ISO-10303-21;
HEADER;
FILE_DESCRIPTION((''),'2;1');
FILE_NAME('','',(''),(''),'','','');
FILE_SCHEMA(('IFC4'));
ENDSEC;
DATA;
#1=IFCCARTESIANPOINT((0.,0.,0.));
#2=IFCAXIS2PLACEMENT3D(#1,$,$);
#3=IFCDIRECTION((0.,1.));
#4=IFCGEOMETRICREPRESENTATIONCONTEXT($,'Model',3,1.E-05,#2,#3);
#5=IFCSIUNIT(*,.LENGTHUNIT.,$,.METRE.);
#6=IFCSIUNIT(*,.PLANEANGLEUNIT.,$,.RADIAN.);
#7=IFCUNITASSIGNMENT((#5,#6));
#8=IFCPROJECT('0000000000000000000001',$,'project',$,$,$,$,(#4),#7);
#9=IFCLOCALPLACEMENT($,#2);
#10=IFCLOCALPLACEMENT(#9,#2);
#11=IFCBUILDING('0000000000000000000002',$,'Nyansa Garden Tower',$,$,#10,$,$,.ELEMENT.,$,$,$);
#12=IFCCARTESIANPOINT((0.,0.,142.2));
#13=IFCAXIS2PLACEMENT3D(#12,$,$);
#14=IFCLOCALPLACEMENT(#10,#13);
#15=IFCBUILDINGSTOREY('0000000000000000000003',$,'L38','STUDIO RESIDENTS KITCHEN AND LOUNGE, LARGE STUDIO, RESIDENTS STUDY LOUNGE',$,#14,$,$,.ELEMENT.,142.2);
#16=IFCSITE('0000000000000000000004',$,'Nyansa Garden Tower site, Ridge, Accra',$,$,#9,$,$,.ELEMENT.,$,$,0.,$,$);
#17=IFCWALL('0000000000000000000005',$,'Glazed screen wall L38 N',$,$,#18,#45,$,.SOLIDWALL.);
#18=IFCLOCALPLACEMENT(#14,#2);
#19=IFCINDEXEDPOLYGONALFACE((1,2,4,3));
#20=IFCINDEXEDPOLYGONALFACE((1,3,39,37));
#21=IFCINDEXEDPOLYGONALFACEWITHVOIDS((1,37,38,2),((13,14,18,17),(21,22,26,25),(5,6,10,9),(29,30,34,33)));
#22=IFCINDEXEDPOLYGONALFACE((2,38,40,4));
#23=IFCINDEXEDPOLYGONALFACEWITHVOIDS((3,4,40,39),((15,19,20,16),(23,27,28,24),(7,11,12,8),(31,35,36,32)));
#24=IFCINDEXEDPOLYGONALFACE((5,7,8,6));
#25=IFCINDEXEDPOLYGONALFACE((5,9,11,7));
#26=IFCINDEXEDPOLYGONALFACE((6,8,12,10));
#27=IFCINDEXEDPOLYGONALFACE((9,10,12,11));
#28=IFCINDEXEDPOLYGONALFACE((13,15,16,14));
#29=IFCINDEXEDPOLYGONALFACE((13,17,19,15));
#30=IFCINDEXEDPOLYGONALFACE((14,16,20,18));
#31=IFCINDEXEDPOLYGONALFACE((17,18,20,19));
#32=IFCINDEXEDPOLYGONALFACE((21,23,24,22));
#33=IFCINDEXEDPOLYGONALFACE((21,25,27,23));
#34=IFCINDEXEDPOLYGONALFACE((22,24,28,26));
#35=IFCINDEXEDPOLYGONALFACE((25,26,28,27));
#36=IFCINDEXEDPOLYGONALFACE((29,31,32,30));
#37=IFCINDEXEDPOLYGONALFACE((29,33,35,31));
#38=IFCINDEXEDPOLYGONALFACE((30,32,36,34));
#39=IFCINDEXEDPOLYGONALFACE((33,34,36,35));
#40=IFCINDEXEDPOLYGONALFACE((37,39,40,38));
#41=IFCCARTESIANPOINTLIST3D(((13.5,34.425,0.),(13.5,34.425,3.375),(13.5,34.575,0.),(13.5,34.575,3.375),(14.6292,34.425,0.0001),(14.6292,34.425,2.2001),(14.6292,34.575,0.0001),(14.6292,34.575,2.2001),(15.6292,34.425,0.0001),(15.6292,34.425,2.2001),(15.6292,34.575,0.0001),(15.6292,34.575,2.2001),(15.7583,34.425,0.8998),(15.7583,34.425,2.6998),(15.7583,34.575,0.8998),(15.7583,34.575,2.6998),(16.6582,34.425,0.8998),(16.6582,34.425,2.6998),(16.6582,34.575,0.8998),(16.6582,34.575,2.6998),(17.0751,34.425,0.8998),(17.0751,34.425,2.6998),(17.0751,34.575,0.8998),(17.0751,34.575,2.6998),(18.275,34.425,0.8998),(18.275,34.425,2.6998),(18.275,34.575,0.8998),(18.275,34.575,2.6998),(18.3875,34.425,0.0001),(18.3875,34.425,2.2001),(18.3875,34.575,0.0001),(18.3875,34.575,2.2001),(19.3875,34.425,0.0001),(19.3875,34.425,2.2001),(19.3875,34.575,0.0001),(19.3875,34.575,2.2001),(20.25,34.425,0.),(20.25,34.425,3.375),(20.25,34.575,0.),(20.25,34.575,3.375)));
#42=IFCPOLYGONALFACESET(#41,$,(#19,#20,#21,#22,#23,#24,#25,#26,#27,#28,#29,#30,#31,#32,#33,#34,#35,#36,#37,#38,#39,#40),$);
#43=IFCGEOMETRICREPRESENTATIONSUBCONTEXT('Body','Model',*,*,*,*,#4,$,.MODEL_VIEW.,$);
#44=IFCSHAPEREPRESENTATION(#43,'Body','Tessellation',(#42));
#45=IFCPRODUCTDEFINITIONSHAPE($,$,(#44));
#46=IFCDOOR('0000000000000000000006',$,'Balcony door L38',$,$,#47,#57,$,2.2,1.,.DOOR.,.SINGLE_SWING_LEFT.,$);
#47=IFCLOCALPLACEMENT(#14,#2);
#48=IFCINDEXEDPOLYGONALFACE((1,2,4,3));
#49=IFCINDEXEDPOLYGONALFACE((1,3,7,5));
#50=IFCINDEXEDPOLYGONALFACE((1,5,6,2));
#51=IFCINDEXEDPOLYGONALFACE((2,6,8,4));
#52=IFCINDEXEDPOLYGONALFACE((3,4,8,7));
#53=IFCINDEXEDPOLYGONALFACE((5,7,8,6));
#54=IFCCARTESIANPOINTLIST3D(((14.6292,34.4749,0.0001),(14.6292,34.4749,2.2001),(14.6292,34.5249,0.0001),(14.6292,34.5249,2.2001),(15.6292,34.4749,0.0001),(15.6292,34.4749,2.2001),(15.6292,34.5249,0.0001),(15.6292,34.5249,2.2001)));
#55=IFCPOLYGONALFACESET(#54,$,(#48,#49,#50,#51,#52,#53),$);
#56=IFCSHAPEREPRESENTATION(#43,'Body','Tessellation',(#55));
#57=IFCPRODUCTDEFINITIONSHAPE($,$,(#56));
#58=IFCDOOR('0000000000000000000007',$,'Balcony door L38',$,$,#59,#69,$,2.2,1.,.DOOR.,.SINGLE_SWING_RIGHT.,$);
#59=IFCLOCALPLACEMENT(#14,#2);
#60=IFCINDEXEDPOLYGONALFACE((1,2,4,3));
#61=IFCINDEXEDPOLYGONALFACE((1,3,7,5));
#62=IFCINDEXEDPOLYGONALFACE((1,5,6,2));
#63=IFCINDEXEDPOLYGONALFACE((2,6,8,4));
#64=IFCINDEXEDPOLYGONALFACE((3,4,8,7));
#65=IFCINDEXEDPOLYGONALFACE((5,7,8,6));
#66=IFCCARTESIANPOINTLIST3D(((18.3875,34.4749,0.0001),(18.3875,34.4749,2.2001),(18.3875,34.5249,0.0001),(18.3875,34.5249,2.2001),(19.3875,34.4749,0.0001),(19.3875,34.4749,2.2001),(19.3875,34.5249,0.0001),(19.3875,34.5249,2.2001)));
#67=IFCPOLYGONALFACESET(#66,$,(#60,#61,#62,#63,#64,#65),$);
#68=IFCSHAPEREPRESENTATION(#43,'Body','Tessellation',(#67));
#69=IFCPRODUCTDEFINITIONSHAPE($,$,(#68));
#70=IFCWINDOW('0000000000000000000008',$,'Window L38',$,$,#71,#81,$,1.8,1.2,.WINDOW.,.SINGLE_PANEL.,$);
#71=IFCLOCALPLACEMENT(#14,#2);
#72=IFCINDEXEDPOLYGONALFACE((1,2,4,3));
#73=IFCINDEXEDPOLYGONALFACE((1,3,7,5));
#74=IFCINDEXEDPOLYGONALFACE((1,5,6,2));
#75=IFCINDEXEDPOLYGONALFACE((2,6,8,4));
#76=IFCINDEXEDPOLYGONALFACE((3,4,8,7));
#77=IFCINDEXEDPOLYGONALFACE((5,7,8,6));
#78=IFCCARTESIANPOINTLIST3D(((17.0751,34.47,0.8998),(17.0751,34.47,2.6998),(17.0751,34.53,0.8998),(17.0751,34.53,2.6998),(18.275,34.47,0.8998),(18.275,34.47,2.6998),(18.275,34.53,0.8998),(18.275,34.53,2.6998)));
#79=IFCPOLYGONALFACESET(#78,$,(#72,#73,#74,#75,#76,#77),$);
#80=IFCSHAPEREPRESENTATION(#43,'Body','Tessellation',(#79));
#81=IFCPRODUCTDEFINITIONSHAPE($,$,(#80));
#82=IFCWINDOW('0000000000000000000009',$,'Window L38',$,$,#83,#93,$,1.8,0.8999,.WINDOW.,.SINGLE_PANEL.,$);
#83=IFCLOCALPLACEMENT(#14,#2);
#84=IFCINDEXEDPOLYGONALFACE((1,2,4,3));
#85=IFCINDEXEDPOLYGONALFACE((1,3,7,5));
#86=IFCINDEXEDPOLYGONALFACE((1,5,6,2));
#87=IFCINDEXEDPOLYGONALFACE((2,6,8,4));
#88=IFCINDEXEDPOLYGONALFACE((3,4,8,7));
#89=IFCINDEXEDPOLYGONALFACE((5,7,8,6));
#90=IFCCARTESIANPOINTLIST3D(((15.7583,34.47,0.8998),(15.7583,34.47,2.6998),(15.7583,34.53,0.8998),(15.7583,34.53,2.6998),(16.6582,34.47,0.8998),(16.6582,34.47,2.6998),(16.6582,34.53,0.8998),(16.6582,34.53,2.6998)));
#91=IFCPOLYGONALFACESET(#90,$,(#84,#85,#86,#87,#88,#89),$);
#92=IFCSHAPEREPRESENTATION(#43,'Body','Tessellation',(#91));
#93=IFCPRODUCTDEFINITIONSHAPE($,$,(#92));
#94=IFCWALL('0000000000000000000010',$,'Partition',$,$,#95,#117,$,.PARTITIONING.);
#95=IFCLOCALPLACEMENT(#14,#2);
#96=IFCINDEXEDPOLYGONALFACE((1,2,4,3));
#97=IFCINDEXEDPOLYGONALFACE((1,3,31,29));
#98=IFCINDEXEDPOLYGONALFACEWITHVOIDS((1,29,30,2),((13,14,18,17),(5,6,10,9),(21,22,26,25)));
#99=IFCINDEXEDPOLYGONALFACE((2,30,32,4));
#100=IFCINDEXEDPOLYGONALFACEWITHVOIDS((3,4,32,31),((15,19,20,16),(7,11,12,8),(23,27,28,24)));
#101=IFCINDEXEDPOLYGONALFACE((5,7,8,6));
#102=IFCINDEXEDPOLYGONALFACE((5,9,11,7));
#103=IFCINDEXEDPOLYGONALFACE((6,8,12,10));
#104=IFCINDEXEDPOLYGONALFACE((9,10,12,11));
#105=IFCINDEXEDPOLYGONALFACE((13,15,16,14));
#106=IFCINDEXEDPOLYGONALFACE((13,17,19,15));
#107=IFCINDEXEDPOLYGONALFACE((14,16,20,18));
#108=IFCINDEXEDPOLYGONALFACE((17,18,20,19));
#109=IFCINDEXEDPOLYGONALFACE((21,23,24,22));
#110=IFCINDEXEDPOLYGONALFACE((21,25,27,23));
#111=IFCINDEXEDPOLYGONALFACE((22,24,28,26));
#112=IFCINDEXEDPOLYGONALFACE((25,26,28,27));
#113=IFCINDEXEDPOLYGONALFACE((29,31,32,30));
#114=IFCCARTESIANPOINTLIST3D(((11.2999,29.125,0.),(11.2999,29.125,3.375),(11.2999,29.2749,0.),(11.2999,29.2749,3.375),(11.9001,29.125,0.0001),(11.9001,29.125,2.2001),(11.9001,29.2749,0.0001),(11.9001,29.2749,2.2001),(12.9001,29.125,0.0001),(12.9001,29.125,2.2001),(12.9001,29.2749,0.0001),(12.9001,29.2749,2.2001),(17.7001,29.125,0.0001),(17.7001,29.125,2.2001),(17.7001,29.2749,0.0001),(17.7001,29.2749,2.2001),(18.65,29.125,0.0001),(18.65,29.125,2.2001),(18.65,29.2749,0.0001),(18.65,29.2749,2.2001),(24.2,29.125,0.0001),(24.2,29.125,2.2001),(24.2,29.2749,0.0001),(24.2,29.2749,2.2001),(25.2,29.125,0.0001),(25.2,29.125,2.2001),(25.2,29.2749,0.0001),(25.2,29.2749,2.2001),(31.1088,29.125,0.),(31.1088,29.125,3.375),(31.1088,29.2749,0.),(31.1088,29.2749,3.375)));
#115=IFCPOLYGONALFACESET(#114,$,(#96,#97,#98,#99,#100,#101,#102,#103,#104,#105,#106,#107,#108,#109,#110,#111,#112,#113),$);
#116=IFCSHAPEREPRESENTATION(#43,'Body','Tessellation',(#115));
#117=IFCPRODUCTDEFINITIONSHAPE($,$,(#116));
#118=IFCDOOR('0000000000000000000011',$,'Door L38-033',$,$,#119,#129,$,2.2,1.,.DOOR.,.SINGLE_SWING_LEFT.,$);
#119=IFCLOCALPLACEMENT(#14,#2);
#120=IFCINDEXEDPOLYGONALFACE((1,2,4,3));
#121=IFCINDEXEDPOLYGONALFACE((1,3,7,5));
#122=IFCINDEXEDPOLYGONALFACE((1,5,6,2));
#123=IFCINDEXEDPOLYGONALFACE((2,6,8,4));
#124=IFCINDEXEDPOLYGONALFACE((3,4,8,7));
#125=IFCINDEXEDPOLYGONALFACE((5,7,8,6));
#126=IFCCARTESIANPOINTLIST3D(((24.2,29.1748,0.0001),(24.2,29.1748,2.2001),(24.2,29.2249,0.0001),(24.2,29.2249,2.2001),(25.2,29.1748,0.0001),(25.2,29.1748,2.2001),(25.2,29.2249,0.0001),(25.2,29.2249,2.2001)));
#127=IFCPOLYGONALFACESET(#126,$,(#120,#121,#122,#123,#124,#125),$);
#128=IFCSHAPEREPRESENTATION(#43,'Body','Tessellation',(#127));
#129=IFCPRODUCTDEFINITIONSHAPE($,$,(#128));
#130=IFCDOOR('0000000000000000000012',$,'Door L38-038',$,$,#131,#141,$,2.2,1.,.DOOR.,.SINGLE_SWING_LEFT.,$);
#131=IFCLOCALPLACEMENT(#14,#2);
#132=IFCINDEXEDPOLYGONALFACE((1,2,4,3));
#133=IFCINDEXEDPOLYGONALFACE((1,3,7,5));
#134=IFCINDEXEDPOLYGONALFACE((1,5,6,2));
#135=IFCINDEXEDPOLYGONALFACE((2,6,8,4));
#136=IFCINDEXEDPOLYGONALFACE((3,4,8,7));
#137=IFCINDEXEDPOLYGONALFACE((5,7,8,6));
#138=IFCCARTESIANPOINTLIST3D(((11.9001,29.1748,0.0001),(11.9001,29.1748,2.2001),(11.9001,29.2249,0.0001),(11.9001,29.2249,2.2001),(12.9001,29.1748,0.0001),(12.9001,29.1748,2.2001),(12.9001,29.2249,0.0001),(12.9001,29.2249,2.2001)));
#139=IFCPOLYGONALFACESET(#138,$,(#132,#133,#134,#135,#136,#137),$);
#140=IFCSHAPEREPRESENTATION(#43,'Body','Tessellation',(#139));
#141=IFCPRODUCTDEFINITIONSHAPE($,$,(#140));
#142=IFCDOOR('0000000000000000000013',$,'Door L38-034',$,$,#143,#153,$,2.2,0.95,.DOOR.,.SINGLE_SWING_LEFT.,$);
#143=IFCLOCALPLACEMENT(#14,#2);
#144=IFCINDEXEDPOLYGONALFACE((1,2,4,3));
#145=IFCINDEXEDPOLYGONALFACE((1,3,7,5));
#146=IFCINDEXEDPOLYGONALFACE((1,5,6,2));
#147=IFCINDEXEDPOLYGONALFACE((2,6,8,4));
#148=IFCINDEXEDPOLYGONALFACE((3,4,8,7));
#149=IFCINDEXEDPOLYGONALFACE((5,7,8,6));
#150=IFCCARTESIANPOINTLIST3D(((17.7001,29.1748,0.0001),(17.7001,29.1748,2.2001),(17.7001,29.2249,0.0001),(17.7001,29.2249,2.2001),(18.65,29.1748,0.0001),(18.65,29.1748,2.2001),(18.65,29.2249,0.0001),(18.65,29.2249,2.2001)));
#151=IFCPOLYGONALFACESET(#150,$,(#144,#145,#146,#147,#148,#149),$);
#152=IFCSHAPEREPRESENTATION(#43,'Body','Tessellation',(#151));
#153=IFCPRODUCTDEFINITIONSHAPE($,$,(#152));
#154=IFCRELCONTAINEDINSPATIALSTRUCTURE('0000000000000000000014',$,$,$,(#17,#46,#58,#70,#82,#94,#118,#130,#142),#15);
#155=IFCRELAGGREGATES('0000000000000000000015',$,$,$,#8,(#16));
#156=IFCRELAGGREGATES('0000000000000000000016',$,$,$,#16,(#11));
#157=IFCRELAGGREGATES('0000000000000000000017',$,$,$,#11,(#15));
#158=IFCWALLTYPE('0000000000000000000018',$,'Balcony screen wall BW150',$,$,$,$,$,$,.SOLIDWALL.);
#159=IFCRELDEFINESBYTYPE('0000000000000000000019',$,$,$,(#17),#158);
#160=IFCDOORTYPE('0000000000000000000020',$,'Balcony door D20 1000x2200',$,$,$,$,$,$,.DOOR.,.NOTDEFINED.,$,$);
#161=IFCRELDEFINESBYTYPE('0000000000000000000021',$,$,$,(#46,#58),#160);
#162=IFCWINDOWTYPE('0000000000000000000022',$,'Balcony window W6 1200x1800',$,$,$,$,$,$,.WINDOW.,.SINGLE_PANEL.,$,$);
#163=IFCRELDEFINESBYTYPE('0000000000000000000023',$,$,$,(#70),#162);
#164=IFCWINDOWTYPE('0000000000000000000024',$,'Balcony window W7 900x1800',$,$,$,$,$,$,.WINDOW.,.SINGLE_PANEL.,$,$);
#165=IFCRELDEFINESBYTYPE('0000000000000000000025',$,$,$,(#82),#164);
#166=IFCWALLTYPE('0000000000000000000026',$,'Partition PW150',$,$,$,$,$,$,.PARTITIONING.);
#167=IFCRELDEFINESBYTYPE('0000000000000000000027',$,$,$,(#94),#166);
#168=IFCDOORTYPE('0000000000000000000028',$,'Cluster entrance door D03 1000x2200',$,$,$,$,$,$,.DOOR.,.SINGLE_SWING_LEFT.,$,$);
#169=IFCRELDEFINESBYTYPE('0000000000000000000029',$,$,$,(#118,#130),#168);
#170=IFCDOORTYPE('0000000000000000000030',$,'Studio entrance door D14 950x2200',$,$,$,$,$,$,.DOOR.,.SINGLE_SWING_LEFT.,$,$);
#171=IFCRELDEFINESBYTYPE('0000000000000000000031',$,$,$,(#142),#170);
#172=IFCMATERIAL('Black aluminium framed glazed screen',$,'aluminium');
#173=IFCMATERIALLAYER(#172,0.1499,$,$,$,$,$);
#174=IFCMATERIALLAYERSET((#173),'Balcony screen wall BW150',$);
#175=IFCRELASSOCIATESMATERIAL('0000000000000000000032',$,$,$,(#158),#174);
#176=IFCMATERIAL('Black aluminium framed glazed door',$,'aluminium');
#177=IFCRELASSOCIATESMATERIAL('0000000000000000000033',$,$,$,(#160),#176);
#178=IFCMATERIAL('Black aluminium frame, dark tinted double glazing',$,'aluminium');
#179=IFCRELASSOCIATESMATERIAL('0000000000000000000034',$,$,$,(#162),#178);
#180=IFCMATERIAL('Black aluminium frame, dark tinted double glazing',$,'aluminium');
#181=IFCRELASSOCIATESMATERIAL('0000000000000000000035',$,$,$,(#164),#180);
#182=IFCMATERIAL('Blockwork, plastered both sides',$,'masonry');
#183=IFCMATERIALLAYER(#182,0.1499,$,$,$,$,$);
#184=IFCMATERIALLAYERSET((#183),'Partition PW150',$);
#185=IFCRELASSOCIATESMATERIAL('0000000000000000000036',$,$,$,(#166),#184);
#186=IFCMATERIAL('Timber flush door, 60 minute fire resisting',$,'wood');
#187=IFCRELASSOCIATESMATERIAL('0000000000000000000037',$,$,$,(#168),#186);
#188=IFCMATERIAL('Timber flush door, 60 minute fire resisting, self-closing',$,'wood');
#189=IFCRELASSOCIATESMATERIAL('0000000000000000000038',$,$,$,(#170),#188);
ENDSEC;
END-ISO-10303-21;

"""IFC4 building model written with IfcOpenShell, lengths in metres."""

from ifc_helpers import new_model, si_unit, direction, frame, frame_2d, origin, place, context, subcontext, project, spatial, rectangle, extrude, material, layer, layer_set, type_object, element, fill, save


model = new_model("IFC4")

# Units and contexts
model_context = context("Model", 3, precision=1e-05, world=origin(), true_north=direction((0.0, 1.0)))
body_context = subcontext(model_context, "Body", "Model", "MODEL_VIEW")
ifc_project = project(units=[si_unit("LENGTHUNIT", "METRE"), si_unit("PLANEANGLEUNIT", "RADIAN")], contexts=[model_context])

# Site, building, storey
site_placement = place(None, origin())
site = spatial("IfcSite", under=ifc_project, at=site_placement, Name="Nyansa Garden Tower site, Ridge, Accra", CompositionType="ELEMENT", RefElevation=0.0)
building_placement = place(site_placement, origin())
building = spatial("IfcBuilding", under=site, at=building_placement, Name="Nyansa Garden Tower", CompositionType="ELEMENT")
storey_placement = place(building_placement, frame((0.0, 0.0, 142.2)))
storey = spatial("IfcBuildingStorey", under=building, at=storey_placement, Name="L38", Description="STUDIO RESIDENTS KITCHEN AND LOUNGE, LARGE STUDIO, RESIDENTS STUDY LOUNGE", CompositionType="ELEMENT", Elevation=142.2)

# Wall, openings, doors, windows
ifc_material_1 = material(Name="Black aluminium framed glazed screen", Category="aluminium")
ifc_layer_1 = layer(ifc_material_1, 0.1499)
ifc_layer_set_1 = layer_set([ifc_layer_1], Name="Balcony screen wall BW150")
wall_type_1 = type_object("IfcWallType", Name="Balcony screen wall BW150", PredefinedType="SOLIDWALL", material=ifc_layer_set_1)
wall_1_placement = place(storey_placement, frame((13.5, 34.5, 0.0), z_axis=(0.0, 0.0, 1.0), x_axis=(1.0, 0.0, 0.0)))
wall_1 = element("IfcWall", 1, at=wall_1_placement, inside=storey, type_object=wall_type_1, Name="Glazed screen wall L38 N", PredefinedType="SOLIDWALL", context=body_context, shape_type="SweptSolid", body=[
    extrude(rectangle(XDim=6.75, YDim=0.1499, at=frame_2d((3.375, 0.0))), origin(), (0.0, 0.0, 1.0), 3.375),
])
opening_1_placement = place(wall_1_placement, frame((1.1292, 0.0, 0.0)))
opening_1 = element("IfcOpeningElement", 2, at=opening_1_placement, cuts=wall_1, PredefinedType="OPENING", context=body_context, shape_type="SweptSolid", body=[
    extrude(rectangle(XDim=1.0, YDim=2.2, at=frame_2d((0.5, 1.1001))), frame((0.0, 0.085, 0.0), z_axis=(0.0, -1.0, 0.0), x_axis=(1.0, 0.0, 0.0)), (0.0, 0.0, 1.0), 0.1699),
])
opening_2_placement = place(wall_1_placement, frame((2.2583, 0.0, 0.8999)))
opening_2 = element("IfcOpeningElement", 3, at=opening_2_placement, cuts=wall_1, PredefinedType="OPENING", context=body_context, shape_type="SweptSolid", body=[
    extrude(rectangle(XDim=0.8999, YDim=1.8, at=frame_2d((0.45, 0.8999))), frame((0.0, 0.085, 0.0), z_axis=(0.0, -1.0, 0.0), x_axis=(1.0, 0.0, 0.0)), (0.0, 0.0, 1.0), 0.1699),
])
opening_3_placement = place(wall_1_placement, frame((4.8875, 0.0, 0.0)))
opening_3 = element("IfcOpeningElement", 4, at=opening_3_placement, cuts=wall_1, PredefinedType="OPENING", context=body_context, shape_type="SweptSolid", body=[
    extrude(rectangle(XDim=1.0, YDim=2.2, at=frame_2d((0.5, 1.1001))), frame((0.0, 0.085, 0.0), z_axis=(0.0, -1.0, 0.0), x_axis=(1.0, 0.0, 0.0)), (0.0, 0.0, 1.0), 0.1699),
])
opening_4_placement = place(wall_1_placement, frame((3.575, 0.0, 0.8999)))
opening_4 = element("IfcOpeningElement", 5, at=opening_4_placement, cuts=wall_1, PredefinedType="OPENING", context=body_context, shape_type="SweptSolid", body=[
    extrude(rectangle(XDim=1.2, YDim=1.8, at=frame_2d((0.6001, 0.8999))), frame((0.0, 0.085, 0.0), z_axis=(0.0, -1.0, 0.0), x_axis=(1.0, 0.0, 0.0)), (0.0, 0.0, 1.0), 0.1699),
])
ifc_material_2 = material(Name="Black aluminium framed glazed door", Category="aluminium")
door_type_1 = type_object("IfcDoorType", Name="Balcony door D20 1000x2200", OperationType="NOTDEFINED", PredefinedType="DOOR", material=ifc_material_2)
door_1_placement = place(opening_1_placement, origin())
door_1 = element("IfcDoor", 6, at=door_1_placement, inside=storey, type_object=door_type_1, Name="Balcony door L38", OperationType="SINGLE_SWING_LEFT", OverallHeight=2.2, OverallWidth=1.0, PredefinedType="DOOR", context=body_context, shape_type="SweptSolid", body=[
    extrude(rectangle(XDim=1.0, YDim=2.2, at=frame_2d((0.5, 1.1001))), frame((0.0, 0.0249, 0.0), z_axis=(0.0, -1.0, 0.0), x_axis=(1.0, 0.0, 0.0)), (0.0, 0.0, 1.0), 0.05),
])
fill(opening_1, door_1)
door_2_placement = place(opening_3_placement, origin())
door_2 = element("IfcDoor", 7, at=door_2_placement, inside=storey, type_object=door_type_1, Name="Balcony door L38", OperationType="SINGLE_SWING_RIGHT", OverallHeight=2.2, OverallWidth=1.0, PredefinedType="DOOR", context=body_context, shape_type="SweptSolid", body=[
    extrude(rectangle(XDim=1.0, YDim=2.2, at=frame_2d((0.5, 1.1001))), frame((0.0, 0.0249, 0.0), z_axis=(0.0, -1.0, 0.0), x_axis=(1.0, 0.0, 0.0)), (0.0, 0.0, 1.0), 0.05),
])
fill(opening_3, door_2)
ifc_material_3 = material(Name="Black aluminium frame, dark tinted double glazing", Category="aluminium")
window_type_1 = type_object("IfcWindowType", Name="Balcony window W6 1200x1800", PartitioningType="SINGLE_PANEL", PredefinedType="WINDOW", material=ifc_material_3)
window_1_placement = place(opening_4_placement, origin())
window_1 = element("IfcWindow", 8, at=window_1_placement, inside=storey, type_object=window_type_1, Name="Window L38", OverallHeight=1.8, OverallWidth=1.2, PartitioningType="SINGLE_PANEL", PredefinedType="WINDOW", context=body_context, shape_type="SweptSolid", body=[
    extrude(rectangle(XDim=1.2, YDim=1.8, at=frame_2d((0.6001, 0.8999))), frame((0.0, 0.03, 0.0), z_axis=(0.0, -1.0, 0.0), x_axis=(1.0, 0.0, 0.0)), (0.0, 0.0, 1.0), 0.0601),
])
fill(opening_4, window_1)
ifc_material_4 = material(Name="Black aluminium frame, dark tinted double glazing", Category="aluminium")
window_type_2 = type_object("IfcWindowType", Name="Balcony window W7 900x1800", PartitioningType="SINGLE_PANEL", PredefinedType="WINDOW", material=ifc_material_4)
window_2_placement = place(opening_2_placement, origin())
window_2 = element("IfcWindow", 9, at=window_2_placement, inside=storey, type_object=window_type_2, Name="Window L38", OverallHeight=1.8, OverallWidth=0.8999, PartitioningType="SINGLE_PANEL", PredefinedType="WINDOW", context=body_context, shape_type="SweptSolid", body=[
    extrude(rectangle(XDim=0.8999, YDim=1.8, at=frame_2d((0.45, 0.8999))), frame((0.0, 0.03, 0.0), z_axis=(0.0, -1.0, 0.0), x_axis=(1.0, 0.0, 0.0)), (0.0, 0.0, 1.0), 0.0601),
])
fill(opening_2, window_2)

# Wall, openings, doors
ifc_material_5 = material(Name="Blockwork, plastered both sides", Category="masonry")
ifc_layer_2 = layer(ifc_material_5, 0.1499)
ifc_layer_set_2 = layer_set([ifc_layer_2], Name="Partition PW150")
wall_type_2 = type_object("IfcWallType", Name="Partition PW150", PredefinedType="PARTITIONING", material=ifc_layer_set_2)
wall_2_placement = place(storey_placement, frame((11.3, 29.2, 0.0), z_axis=(0.0, 0.0, 1.0), x_axis=(1.0, 0.0, 0.0)))
wall_2 = element("IfcWall", 10, at=wall_2_placement, inside=storey, type_object=wall_type_2, Name="Partition", PredefinedType="PARTITIONING", context=body_context, shape_type="SweptSolid", body=[
    extrude(rectangle(XDim=19.8088, YDim=0.1499, at=frame_2d((9.9043, 0.0))), origin(), (0.0, 0.0, 1.0), 3.375),
])
opening_5_placement = place(wall_2_placement, frame((12.8999, 0.0, 0.0)))
opening_5 = element("IfcOpeningElement", 11, at=opening_5_placement, cuts=wall_2, PredefinedType="OPENING", context=body_context, shape_type="SweptSolid", body=[
    extrude(rectangle(XDim=1.0, YDim=2.2, at=frame_2d((0.5, 1.1001))), frame((0.0, 0.085, 0.0), z_axis=(0.0, -1.0, 0.0), x_axis=(1.0, 0.0, 0.0)), (0.0, 0.0, 1.0), 0.1699),
])
opening_6_placement = place(wall_2_placement, frame((6.3999, 0.0, 0.0)))
opening_6 = element("IfcOpeningElement", 12, at=opening_6_placement, cuts=wall_2, PredefinedType="OPENING", context=body_context, shape_type="SweptSolid", body=[
    extrude(rectangle(XDim=0.95, YDim=2.2, at=frame_2d((0.4751, 1.1001))), frame((0.0, 0.085, 0.0), z_axis=(0.0, -1.0, 0.0), x_axis=(1.0, 0.0, 0.0)), (0.0, 0.0, 1.0), 0.1699),
])
opening_7_placement = place(wall_2_placement, frame((0.6001, 0.0, 0.0)))
opening_7 = element("IfcOpeningElement", 13, at=opening_7_placement, cuts=wall_2, PredefinedType="OPENING", context=body_context, shape_type="SweptSolid", body=[
    extrude(rectangle(XDim=1.0, YDim=2.2, at=frame_2d((0.5, 1.1001))), frame((0.0, 0.085, 0.0), z_axis=(0.0, -1.0, 0.0), x_axis=(1.0, 0.0, 0.0)), (0.0, 0.0, 1.0), 0.1699),
])
ifc_material_6 = material(Name="Timber flush door, 60 minute fire resisting", Category="wood")
door_type_2 = type_object("IfcDoorType", Name="Cluster entrance door D03 1000x2200", OperationType="SINGLE_SWING_LEFT", PredefinedType="DOOR", material=ifc_material_6)
door_3_placement = place(opening_5_placement, origin())
door_3 = element("IfcDoor", 14, at=door_3_placement, inside=storey, type_object=door_type_2, Name="Door L38-033", OperationType="SINGLE_SWING_LEFT", OverallHeight=2.2, OverallWidth=1.0, PredefinedType="DOOR", context=body_context, shape_type="SweptSolid", body=[
    extrude(rectangle(XDim=1.0, YDim=2.2, at=frame_2d((0.5, 1.1001))), frame((0.0, 0.0249, 0.0), z_axis=(0.0, -1.0, 0.0), x_axis=(1.0, 0.0, 0.0)), (0.0, 0.0, 1.0), 0.05),
])
fill(opening_5, door_3)
door_4_placement = place(opening_7_placement, origin())
door_4 = element("IfcDoor", 15, at=door_4_placement, inside=storey, type_object=door_type_2, Name="Door L38-038", OperationType="SINGLE_SWING_LEFT", OverallHeight=2.2, OverallWidth=1.0, PredefinedType="DOOR", context=body_context, shape_type="SweptSolid", body=[
    extrude(rectangle(XDim=1.0, YDim=2.2, at=frame_2d((0.5, 1.1001))), frame((0.0, 0.0249, 0.0), z_axis=(0.0, -1.0, 0.0), x_axis=(1.0, 0.0, 0.0)), (0.0, 0.0, 1.0), 0.05),
])
fill(opening_7, door_4)
ifc_material_7 = material(Name="Timber flush door, 60 minute fire resisting, self-closing", Category="wood")
door_type_3 = type_object("IfcDoorType", Name="Studio entrance door D14 950x2200", OperationType="SINGLE_SWING_LEFT", PredefinedType="DOOR", material=ifc_material_7)
door_5_placement = place(opening_6_placement, origin())
door_5 = element("IfcDoor", 16, at=door_5_placement, inside=storey, type_object=door_type_3, Name="Door L38-034", OperationType="SINGLE_SWING_LEFT", OverallHeight=2.2, OverallWidth=0.95, PredefinedType="DOOR", context=body_context, shape_type="SweptSolid", body=[
    extrude(rectangle(XDim=0.95, YDim=2.2, at=frame_2d((0.4751, 1.1001))), frame((0.0, 0.0249, 0.0), z_axis=(0.0, -1.0, 0.0), x_axis=(1.0, 0.0, 0.0)), (0.0, 0.0, 1.0), 0.05),
])
fill(opening_6, door_5)

save(model, "model.ifc")
